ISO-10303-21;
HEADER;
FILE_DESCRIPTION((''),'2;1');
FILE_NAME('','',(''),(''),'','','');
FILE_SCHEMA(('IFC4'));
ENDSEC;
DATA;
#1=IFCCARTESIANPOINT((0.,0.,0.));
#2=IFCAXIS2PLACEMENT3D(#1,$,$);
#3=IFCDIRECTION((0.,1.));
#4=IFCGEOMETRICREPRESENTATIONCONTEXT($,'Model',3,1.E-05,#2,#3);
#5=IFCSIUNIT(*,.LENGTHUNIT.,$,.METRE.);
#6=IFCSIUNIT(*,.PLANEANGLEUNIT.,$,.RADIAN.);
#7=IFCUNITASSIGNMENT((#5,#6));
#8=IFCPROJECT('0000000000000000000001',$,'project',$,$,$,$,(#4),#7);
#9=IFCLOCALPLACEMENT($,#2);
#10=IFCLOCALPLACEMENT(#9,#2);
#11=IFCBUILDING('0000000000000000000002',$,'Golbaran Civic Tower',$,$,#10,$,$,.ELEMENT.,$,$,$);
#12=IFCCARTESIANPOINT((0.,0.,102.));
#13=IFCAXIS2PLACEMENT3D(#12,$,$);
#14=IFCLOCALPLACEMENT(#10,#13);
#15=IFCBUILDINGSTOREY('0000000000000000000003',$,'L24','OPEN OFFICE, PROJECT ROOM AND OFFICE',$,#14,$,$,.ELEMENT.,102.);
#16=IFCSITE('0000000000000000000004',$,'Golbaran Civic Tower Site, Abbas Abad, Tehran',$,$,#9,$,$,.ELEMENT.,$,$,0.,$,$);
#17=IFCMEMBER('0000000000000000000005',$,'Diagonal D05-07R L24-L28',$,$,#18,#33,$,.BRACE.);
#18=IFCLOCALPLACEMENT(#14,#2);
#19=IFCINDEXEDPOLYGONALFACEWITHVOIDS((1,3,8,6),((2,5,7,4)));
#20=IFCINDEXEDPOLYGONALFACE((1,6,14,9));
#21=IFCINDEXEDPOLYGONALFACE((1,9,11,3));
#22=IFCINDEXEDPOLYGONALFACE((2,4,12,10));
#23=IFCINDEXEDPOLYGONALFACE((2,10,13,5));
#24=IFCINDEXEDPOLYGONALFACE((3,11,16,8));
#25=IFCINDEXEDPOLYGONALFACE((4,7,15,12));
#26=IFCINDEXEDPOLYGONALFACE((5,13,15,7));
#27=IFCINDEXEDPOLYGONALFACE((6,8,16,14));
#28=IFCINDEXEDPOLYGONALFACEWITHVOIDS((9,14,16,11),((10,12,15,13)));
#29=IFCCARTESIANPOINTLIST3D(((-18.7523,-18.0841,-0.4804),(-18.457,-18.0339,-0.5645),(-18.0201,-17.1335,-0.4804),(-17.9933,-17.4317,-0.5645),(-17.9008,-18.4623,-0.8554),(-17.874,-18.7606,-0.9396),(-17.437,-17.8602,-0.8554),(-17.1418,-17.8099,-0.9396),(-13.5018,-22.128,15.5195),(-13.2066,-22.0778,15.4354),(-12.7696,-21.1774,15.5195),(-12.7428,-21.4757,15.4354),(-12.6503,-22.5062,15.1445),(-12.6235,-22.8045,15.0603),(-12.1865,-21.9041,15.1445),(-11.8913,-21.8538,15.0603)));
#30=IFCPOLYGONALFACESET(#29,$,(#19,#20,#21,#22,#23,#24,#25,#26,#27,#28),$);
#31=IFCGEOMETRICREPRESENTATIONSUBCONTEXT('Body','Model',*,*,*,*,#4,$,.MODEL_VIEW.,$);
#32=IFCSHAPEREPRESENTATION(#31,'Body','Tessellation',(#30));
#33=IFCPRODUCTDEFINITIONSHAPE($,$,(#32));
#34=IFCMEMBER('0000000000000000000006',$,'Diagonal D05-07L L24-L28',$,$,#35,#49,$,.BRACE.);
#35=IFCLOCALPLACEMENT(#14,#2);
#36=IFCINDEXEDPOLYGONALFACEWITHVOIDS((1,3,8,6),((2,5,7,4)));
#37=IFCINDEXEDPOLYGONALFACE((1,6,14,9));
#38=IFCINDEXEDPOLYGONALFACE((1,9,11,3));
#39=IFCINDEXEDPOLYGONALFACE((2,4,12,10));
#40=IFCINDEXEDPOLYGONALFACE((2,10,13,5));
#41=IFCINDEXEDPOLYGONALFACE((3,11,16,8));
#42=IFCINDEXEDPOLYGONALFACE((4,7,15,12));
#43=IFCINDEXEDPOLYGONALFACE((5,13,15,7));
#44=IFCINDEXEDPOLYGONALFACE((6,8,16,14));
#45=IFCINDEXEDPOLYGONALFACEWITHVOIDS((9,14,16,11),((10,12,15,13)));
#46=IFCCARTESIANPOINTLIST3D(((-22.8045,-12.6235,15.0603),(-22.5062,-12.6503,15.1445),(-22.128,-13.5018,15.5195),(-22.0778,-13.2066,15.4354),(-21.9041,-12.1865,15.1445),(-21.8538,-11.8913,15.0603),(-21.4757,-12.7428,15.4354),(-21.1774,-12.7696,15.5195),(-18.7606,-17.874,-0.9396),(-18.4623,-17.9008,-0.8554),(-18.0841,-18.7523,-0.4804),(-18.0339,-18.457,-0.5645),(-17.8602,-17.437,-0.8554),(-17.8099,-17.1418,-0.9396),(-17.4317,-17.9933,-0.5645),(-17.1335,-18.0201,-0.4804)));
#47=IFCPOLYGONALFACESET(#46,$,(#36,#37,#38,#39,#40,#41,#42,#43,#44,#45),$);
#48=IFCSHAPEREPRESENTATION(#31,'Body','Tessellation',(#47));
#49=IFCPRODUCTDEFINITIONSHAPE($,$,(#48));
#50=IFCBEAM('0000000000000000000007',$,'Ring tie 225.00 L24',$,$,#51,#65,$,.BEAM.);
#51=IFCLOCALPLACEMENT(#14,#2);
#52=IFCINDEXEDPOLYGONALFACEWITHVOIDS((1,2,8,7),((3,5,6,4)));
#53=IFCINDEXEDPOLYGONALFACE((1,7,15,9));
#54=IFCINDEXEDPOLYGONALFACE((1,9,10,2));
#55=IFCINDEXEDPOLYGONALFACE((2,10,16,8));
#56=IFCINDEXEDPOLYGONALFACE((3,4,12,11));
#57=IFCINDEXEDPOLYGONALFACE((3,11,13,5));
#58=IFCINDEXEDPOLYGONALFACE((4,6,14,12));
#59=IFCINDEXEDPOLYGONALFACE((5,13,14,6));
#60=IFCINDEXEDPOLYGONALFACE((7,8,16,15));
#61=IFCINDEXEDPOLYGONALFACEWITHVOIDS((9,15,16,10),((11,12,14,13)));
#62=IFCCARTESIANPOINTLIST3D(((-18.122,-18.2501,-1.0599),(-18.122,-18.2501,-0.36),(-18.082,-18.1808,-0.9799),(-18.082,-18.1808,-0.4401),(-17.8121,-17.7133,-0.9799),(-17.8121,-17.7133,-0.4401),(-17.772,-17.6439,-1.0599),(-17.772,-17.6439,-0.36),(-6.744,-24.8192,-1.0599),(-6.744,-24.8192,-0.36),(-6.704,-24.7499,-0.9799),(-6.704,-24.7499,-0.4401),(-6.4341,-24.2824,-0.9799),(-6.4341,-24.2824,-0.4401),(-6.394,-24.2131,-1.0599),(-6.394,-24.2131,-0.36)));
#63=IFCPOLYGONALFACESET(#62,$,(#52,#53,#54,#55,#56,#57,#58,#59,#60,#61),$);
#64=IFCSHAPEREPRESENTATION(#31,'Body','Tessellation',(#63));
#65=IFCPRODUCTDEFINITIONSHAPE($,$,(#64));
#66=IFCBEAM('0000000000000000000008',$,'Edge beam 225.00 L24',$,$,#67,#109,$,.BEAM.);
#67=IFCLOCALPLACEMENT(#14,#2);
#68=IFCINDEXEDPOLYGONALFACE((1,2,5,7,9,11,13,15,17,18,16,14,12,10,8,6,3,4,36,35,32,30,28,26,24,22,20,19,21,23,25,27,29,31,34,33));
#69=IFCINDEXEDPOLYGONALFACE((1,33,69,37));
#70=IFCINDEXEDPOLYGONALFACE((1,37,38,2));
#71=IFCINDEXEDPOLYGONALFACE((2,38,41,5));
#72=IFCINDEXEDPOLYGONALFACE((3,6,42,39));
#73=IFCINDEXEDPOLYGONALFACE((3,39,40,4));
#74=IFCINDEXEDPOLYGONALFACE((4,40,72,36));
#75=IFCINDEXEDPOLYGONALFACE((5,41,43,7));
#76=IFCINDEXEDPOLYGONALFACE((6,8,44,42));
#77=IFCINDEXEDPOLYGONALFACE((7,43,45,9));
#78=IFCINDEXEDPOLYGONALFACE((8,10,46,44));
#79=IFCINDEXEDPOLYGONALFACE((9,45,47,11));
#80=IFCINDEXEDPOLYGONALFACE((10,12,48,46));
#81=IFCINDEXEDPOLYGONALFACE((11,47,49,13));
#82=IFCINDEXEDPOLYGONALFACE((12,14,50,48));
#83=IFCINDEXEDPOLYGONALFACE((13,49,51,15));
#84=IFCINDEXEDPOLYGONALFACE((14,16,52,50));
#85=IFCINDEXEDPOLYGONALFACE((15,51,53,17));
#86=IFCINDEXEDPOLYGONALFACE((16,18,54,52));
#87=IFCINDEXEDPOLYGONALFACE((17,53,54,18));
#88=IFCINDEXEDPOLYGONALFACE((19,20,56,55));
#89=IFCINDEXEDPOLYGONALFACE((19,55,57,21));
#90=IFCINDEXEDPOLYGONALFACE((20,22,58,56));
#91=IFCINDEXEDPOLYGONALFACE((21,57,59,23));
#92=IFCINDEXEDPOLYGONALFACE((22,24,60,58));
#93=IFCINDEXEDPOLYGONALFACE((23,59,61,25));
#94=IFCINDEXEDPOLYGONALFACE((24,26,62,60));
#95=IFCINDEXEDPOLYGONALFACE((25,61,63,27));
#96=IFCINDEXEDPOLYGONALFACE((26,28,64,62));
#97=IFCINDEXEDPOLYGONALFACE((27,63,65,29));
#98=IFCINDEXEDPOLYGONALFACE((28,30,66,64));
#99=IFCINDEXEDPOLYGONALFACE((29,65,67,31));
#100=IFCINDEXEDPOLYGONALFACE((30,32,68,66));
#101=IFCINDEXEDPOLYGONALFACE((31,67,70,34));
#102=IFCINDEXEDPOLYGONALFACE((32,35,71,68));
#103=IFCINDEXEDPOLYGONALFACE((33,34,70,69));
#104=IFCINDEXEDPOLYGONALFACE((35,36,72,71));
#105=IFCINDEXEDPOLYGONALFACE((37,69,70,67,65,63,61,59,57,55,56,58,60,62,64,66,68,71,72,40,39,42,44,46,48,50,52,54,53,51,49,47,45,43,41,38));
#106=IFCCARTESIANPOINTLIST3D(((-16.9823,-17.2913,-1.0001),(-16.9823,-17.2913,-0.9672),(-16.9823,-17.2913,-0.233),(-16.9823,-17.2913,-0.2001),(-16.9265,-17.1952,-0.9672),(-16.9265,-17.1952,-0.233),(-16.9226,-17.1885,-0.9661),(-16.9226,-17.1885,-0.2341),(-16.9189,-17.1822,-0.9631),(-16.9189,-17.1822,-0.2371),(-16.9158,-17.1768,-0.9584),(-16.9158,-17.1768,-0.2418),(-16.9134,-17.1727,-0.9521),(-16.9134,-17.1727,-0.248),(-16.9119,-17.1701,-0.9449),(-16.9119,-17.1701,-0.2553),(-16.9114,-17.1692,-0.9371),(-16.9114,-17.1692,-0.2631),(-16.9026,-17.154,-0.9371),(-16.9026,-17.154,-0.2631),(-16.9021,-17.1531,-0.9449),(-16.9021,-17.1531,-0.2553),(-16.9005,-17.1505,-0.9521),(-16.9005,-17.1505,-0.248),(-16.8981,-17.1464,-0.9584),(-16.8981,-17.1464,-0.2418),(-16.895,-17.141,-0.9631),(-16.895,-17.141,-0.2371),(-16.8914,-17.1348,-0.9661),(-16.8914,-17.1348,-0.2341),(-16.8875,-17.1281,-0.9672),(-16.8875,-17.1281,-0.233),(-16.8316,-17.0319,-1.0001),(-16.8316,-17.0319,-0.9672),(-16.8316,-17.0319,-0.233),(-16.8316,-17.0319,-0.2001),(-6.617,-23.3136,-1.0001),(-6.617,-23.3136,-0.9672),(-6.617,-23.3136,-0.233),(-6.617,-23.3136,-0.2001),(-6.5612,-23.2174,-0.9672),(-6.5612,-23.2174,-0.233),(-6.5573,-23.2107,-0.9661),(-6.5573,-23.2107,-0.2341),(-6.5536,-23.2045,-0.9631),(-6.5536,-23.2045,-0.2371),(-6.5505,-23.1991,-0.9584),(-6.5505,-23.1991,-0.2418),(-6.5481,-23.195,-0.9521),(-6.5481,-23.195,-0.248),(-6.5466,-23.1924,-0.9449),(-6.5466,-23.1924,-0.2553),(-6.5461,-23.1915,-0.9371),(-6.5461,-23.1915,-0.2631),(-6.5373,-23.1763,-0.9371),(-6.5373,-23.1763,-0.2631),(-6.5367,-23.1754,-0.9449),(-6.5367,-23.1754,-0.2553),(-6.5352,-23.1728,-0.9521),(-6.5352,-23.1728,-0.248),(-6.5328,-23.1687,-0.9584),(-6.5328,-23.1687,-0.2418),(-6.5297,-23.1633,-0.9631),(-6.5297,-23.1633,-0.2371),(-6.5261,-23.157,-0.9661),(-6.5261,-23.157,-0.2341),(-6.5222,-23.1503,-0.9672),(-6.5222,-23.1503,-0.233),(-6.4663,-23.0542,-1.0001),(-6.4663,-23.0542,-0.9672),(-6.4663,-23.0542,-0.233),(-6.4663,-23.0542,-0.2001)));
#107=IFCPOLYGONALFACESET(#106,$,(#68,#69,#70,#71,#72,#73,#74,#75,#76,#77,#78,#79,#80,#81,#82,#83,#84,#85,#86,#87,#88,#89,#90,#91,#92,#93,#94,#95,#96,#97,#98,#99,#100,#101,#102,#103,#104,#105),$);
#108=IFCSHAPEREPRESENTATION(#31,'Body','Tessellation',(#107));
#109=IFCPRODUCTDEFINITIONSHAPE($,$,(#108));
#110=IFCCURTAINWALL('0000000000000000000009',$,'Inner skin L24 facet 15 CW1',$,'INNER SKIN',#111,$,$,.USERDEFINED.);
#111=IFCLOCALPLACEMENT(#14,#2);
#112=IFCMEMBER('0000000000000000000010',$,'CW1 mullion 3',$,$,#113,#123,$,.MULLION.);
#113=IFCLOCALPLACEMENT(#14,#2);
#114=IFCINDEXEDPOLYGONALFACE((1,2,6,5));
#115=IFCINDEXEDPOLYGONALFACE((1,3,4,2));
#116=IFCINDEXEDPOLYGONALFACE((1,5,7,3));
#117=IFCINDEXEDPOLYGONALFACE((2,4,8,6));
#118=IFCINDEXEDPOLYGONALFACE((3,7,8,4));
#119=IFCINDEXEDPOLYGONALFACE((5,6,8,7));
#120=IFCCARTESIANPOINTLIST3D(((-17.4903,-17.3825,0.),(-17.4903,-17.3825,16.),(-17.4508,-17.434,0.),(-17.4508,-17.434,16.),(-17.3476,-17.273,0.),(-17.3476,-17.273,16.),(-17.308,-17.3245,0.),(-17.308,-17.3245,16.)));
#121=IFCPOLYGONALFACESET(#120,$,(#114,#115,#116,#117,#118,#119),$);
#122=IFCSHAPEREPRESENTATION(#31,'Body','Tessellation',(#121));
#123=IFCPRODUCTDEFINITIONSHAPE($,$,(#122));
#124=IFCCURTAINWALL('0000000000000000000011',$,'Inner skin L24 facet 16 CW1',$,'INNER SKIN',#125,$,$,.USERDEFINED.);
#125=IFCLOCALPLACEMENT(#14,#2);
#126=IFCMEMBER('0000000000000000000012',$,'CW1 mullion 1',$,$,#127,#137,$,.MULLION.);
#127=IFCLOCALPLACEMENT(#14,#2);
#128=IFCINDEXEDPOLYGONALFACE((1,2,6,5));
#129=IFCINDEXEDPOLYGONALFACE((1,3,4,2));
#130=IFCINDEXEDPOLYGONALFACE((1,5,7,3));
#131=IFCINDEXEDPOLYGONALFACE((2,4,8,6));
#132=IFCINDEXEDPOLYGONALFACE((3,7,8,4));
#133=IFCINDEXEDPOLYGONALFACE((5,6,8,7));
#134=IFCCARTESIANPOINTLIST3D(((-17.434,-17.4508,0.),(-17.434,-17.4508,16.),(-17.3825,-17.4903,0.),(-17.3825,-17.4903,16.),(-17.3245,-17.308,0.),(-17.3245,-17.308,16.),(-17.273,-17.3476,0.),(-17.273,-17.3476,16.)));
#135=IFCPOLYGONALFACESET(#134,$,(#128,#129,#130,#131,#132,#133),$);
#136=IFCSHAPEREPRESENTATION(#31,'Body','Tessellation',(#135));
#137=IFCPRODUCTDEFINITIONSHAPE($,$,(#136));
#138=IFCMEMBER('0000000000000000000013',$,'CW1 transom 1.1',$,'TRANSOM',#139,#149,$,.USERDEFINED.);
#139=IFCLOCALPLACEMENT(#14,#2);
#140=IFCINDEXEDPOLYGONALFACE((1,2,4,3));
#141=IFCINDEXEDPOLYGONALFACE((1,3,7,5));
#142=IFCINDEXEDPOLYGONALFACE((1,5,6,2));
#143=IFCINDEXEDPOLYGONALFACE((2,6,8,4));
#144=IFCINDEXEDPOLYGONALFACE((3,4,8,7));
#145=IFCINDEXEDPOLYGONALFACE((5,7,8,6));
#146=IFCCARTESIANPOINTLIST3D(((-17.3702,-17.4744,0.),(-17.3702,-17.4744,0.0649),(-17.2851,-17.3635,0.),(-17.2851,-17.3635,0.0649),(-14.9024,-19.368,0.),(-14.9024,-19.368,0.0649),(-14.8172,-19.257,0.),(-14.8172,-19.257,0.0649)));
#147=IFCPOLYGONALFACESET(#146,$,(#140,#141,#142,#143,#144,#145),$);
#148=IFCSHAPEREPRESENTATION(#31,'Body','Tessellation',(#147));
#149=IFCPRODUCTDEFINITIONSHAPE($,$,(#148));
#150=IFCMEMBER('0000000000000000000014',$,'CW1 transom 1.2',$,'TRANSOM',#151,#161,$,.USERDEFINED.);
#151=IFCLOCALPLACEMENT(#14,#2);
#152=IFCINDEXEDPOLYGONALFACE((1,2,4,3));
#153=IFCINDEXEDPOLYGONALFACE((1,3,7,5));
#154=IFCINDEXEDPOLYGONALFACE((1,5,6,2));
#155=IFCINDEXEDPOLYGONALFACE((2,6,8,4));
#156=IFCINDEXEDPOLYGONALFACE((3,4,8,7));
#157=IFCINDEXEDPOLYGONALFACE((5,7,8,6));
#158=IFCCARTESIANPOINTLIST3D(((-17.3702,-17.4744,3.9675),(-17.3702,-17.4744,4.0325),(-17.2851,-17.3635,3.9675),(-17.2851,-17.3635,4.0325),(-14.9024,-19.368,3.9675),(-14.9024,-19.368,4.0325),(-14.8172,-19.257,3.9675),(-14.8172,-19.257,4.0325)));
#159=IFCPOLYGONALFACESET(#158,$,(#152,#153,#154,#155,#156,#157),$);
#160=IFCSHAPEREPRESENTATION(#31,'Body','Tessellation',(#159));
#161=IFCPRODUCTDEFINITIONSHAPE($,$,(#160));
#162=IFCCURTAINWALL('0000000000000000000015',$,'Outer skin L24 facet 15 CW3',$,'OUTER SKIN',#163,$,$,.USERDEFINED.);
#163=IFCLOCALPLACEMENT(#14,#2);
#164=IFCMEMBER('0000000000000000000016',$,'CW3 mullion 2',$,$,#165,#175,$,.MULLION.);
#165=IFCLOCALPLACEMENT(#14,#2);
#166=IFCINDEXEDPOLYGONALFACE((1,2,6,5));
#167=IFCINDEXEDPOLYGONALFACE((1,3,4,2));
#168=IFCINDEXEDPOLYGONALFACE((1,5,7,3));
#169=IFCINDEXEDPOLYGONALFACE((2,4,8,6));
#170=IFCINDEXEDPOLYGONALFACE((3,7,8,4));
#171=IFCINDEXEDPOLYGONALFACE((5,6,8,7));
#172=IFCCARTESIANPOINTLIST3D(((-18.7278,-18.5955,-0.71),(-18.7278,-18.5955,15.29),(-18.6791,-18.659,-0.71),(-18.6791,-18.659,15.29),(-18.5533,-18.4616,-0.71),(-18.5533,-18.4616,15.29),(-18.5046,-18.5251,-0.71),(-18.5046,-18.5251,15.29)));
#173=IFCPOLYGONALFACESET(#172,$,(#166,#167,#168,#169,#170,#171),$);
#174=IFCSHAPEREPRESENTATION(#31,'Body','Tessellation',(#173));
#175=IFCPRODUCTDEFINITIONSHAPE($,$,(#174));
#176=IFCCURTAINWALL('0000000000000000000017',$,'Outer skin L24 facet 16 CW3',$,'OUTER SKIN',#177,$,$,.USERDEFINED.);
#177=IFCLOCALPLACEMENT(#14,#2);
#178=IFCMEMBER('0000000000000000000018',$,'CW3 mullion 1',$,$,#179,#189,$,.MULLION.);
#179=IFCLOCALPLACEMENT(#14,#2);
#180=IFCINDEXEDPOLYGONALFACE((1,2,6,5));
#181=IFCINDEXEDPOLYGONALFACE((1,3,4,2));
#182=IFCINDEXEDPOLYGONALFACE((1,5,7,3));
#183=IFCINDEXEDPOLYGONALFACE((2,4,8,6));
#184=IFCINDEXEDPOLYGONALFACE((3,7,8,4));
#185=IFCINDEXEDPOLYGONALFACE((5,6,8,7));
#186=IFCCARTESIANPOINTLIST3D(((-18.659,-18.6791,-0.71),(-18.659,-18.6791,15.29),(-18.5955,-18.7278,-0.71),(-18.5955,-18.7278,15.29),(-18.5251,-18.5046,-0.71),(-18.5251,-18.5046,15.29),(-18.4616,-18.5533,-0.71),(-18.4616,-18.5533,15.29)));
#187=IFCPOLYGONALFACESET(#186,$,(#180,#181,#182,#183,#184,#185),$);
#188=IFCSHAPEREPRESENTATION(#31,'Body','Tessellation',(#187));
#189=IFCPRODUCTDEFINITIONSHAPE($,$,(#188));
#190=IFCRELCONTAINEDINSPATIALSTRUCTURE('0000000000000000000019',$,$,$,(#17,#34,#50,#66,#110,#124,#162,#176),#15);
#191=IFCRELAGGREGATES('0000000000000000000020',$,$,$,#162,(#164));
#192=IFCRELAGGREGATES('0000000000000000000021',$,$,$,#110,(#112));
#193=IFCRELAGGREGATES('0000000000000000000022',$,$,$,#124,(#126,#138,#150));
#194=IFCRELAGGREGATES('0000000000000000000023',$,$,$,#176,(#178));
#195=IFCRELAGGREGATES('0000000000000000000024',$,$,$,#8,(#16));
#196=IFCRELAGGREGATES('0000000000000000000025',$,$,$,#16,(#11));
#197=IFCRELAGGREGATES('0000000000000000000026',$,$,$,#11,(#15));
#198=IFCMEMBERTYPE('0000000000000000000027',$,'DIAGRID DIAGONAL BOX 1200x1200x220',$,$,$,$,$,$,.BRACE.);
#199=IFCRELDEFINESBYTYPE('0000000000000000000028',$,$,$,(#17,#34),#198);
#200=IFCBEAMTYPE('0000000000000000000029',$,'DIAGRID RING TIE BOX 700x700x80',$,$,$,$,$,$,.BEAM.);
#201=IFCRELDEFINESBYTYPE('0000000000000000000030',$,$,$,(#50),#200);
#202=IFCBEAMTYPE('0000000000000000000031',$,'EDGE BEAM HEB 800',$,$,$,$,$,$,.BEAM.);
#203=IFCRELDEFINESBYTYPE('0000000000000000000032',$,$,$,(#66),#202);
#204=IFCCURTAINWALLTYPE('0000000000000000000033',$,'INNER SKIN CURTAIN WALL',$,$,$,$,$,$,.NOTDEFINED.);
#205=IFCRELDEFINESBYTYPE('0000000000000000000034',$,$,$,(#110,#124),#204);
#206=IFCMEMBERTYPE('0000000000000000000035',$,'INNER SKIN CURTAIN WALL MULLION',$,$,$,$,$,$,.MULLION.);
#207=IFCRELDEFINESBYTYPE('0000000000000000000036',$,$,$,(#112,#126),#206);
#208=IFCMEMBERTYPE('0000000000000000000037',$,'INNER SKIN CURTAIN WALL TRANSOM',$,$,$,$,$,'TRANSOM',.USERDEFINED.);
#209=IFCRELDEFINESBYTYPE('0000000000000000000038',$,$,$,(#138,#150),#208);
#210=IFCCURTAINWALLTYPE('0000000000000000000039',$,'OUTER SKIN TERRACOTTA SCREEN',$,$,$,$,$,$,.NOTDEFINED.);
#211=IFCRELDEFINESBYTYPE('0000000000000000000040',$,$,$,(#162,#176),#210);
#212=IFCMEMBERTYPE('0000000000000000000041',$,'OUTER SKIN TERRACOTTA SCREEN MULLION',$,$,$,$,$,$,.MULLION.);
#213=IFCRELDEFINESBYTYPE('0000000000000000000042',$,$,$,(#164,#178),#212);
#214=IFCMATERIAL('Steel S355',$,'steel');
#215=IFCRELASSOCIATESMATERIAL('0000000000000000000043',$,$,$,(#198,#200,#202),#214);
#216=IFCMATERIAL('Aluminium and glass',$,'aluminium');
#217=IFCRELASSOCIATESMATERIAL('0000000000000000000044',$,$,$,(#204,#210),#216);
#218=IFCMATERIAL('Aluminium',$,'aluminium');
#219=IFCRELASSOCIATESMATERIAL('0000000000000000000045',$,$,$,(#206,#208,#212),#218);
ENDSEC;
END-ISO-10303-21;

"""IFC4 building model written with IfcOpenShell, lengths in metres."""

from ifc_helpers import new_model, si_unit, direction, frame, origin, origin_2d, place, context, subcontext, project, spatial, rectangle, hollow_rectangle, i_section, extrude, material, material_profile, profile_set, type_object, element, aggregate, save


model = new_model("IFC4")

# Units and contexts
model_context = context("Model", 3, precision=1e-05, world=origin(), true_north=direction((0.0, 1.0)))
body_context = subcontext(model_context, "Body", "Model", "MODEL_VIEW")
ifc_project = project(units=[si_unit("LENGTHUNIT", "METRE"), si_unit("PLANEANGLEUNIT", "RADIAN")], contexts=[model_context])

# Site, building, storey
site_placement = place(None, origin())
site = spatial("IfcSite", under=ifc_project, at=site_placement, Name="Golbaran Civic Tower Site, Abbas Abad, Tehran", CompositionType="ELEMENT", RefElevation=0.0)
building_placement = place(site_placement, origin())
building = spatial("IfcBuilding", under=site, at=building_placement, Name="Golbaran Civic Tower", CompositionType="ELEMENT")
storey_placement = place(building_placement, frame((0.0, 0.0, 102.0)))
storey = spatial("IfcBuildingStorey", under=building, at=storey_placement, Name="L24", Description="OPEN OFFICE, PROJECT ROOM AND OFFICE", CompositionType="ELEMENT", Elevation=102.0)

# Members
ifc_material_1 = material(Name="Steel S355", Category="steel")
ifc_material_profile_1 = material_profile(ifc_material_1, hollow_rectangle(XDim=1.2, YDim=1.2, WallThickness=0.22, at=origin_2d()), Name="BOX 1200x1200x220")
ifc_profile_set_1 = profile_set([ifc_material_profile_1], Name="Steel S355")
member_type_1 = type_object("IfcMemberType", Name="DIAGRID DIAGONAL BOX 1200x1200x220", PredefinedType="BRACE", material=ifc_profile_set_1)
for number, where, z_axis, x_axis, name in (
    (1, (-17.947, -17.947, -0.71), (0.303177, -0.233508, 0.923882), (0.610195, 0.792251, 0.0), "Diagonal D05-07R L24-L28"),
    (2, (-17.947, -17.947, -0.71), (-0.233508, 0.303177, 0.923882), (-0.792251, -0.610195, 0.0), "Diagonal D05-07L L24-L28"),
):
    element("IfcMember", number, at=place(storey_placement, frame(where, z_axis=z_axis, x_axis=x_axis)), inside=storey, type_object=member_type_1, Name=name, PredefinedType="BRACE", context=body_context, shape_type="SweptSolid", body=[
        extrude(hollow_rectangle(XDim=1.2, YDim=1.2, WallThickness=0.22, at=origin_2d()), origin(), (0.0, 0.0, 1.0), 17.3181),
    ])

# Beams
ifc_material_profile_2 = material_profile(ifc_material_1, hollow_rectangle(XDim=0.7, YDim=0.7, WallThickness=0.0801, at=origin_2d()), Name="BOX 700x700x80")
ifc_profile_set_2 = profile_set([ifc_material_profile_2], Name="Steel S355")
beam_type_1 = type_object("IfcBeamType", Name="DIAGRID RING TIE BOX 700x700x80", PredefinedType="BEAM", material=ifc_profile_set_2)
beam_1_placement = place(storey_placement, frame((-17.947, -17.947, -0.71), z_axis=(0.866024, -0.500002, 0.0), x_axis=(0.500002, 0.866024, 0.0)))
element("IfcBeam", 3, at=beam_1_placement, inside=storey, type_object=beam_type_1, Name="Ring tie 225.00 L24", PredefinedType="BEAM", context=body_context, shape_type="SweptSolid", body=[
    extrude(hollow_rectangle(XDim=0.7, YDim=0.7, WallThickness=0.0801, at=origin_2d()), origin(), (0.0, 0.0, 1.0), 13.1382),
])
ifc_material_profile_3 = material_profile(ifc_material_1, i_section(OverallWidth=0.3, OverallDepth=0.8, WebThickness=0.0176, FlangeThickness=0.033, FilletRadius=0.03, at=origin_2d()), Name="HEB 800")
ifc_profile_set_3 = profile_set([ifc_material_profile_3], Name="Steel S355")
beam_type_2 = type_object("IfcBeamType", Name="EDGE BEAM HEB 800", PredefinedType="BEAM", material=ifc_profile_set_3)
beam_2_placement = place(storey_placement, frame((-16.907, -17.1616, -0.6001), z_axis=(0.864655, -0.502366, 0.0), x_axis=(0.502366, 0.864655, 0.0)))
element("IfcBeam", 4, at=beam_2_placement, inside=storey, type_object=beam_type_2, Name="Edge beam 225.00 L24", PredefinedType="BEAM", context=body_context, shape_type="SweptSolid", body=[
    extrude(i_section(OverallWidth=0.3, OverallDepth=0.8, WebThickness=0.0176, FlangeThickness=0.033, FilletRadius=0.03, at=origin_2d()), origin(), (0.0, 0.0, 1.0), 11.9878),
])

# Curtain wall, member
ifc_material_2 = material(Name="Aluminium and glass", Category="aluminium")
curtain_wall_type_1 = type_object("IfcCurtainWallType", Name="INNER SKIN CURTAIN WALL", PredefinedType="NOTDEFINED", material=ifc_material_2)
curtain_wall_1_placement = place(storey_placement, origin())
curtain_wall_1 = element("IfcCurtainWall", 5, at=curtain_wall_1_placement, inside=storey, type_object=curtain_wall_type_1, Name="Inner skin L24 facet 15 CW1", ObjectType="INNER SKIN", PredefinedType="USERDEFINED")
ifc_material_3 = material(Name="Aluminium", Category="aluminium")
ifc_material_profile_4 = material_profile(ifc_material_3, rectangle(XDim=0.1799, YDim=0.0649, at=origin_2d()), Name="INNER SKIN CURTAIN WALL MULLION")
ifc_profile_set_4 = profile_set([ifc_material_profile_4], Name="Aluminium")
member_type_2 = type_object("IfcMemberType", Name="INNER SKIN CURTAIN WALL MULLION", PredefinedType="MULLION", material=ifc_profile_set_4)
member_1_placement = place(storey_placement, frame((-17.3992, -17.3535, 0.0), z_axis=(0.0, 0.0, 1.0), x_axis=(0.793353, 0.608761, 0.0)))
member_1 = element("IfcMember", 6, at=member_1_placement, type_object=member_type_2, Name="CW1 mullion 3", PredefinedType="MULLION", context=body_context, shape_type="SweptSolid", body=[
    extrude(rectangle(XDim=0.1799, YDim=0.0649, at=origin_2d()), origin(), (0.0, 0.0, 1.0), 16.0),
])

# Curtain wall, members
curtain_wall_2_placement = place(storey_placement, origin())
curtain_wall_2 = element("IfcCurtainWall", 7, at=curtain_wall_2_placement, inside=storey, type_object=curtain_wall_type_1, Name="Inner skin L24 facet 16 CW1", ObjectType="INNER SKIN", PredefinedType="USERDEFINED")
member_2_placement = place(storey_placement, frame((-17.3535, -17.3992, 0.0), z_axis=(0.0, 0.0, 1.0), x_axis=(0.608761, 0.793353, 0.0)))
member_2 = element("IfcMember", 8, at=member_2_placement, type_object=member_type_2, Name="CW1 mullion 1", PredefinedType="MULLION", context=body_context, shape_type="SweptSolid", body=[
    extrude(rectangle(XDim=0.1799, YDim=0.0649, at=origin_2d()), origin(), (0.0, 0.0, 1.0), 16.0),
])
ifc_material_profile_5 = material_profile(ifc_material_3, rectangle(XDim=0.1399, YDim=0.0649, at=origin_2d()), Name="INNER SKIN CURTAIN WALL TRANSOM")
ifc_profile_set_5 = profile_set([ifc_material_profile_5], Name="Aluminium")
member_type_3 = type_object("IfcMemberType", Name="INNER SKIN CURTAIN WALL TRANSOM", ElementType="TRANSOM", PredefinedType="USERDEFINED", material=ifc_profile_set_5)
member_3_placement = place(storey_placement, frame((-17.3276, -17.4189, 0.0325), z_axis=(0.793359, -0.608754, 0.0), x_axis=(0.608754, 0.793359, 0.0)))
member_3 = element("IfcMember", 9, at=member_3_placement, type_object=member_type_3, Name="CW1 transom 1.1", ObjectType="TRANSOM", PredefinedType="USERDEFINED", context=body_context, shape_type="SweptSolid", body=[
    extrude(rectangle(XDim=0.1399, YDim=0.0649, at=origin_2d()), origin(), (0.0, 0.0, 1.0), 3.1106),
])
member_4_placement = place(storey_placement, frame((-17.3276, -17.4189, 4.0), z_axis=(0.793359, -0.608754, 0.0), x_axis=(0.608754, 0.793359, 0.0)))
member_4 = element("IfcMember", 10, at=member_4_placement, type_object=member_type_3, Name="CW1 transom 1.2", ObjectType="TRANSOM", PredefinedType="USERDEFINED", context=body_context, shape_type="SweptSolid", body=[
    extrude(rectangle(XDim=0.1399, YDim=0.0649, at=origin_2d()), origin(), (0.0, 0.0, 1.0), 3.1106),
])

# Curtain wall, member
curtain_wall_type_2 = type_object("IfcCurtainWallType", Name="OUTER SKIN TERRACOTTA SCREEN", PredefinedType="NOTDEFINED", material=ifc_material_2)
curtain_wall_3_placement = place(storey_placement, origin())
curtain_wall_3 = element("IfcCurtainWall", 11, at=curtain_wall_3_placement, inside=storey, type_object=curtain_wall_type_2, Name="Outer skin L24 facet 15 CW3", ObjectType="OUTER SKIN", PredefinedType="USERDEFINED")
ifc_material_profile_6 = material_profile(ifc_material_3, rectangle(XDim=0.22, YDim=0.0801, at=origin_2d()), Name="OUTER SKIN TERRACOTTA SCREEN MULLION")
ifc_profile_set_6 = profile_set([ifc_material_profile_6], Name="Aluminium")
member_type_4 = type_object("IfcMemberType", Name="OUTER SKIN TERRACOTTA SCREEN MULLION", PredefinedType="MULLION", material=ifc_profile_set_6)
member_5_placement = place(storey_placement, frame((-18.6162, -18.5603, -0.71), z_axis=(0.0, 0.0, 1.0), x_axis=(0.793353, 0.608761, 0.0)))
member_5 = element("IfcMember", 12, at=member_5_placement, type_object=member_type_4, Name="CW3 mullion 2", PredefinedType="MULLION", context=body_context, shape_type="SweptSolid", body=[
    extrude(rectangle(XDim=0.22, YDim=0.0801, at=origin_2d()), origin(), (0.0, 0.0, 1.0), 16.0),
])
aggregate(curtain_wall_3, [member_5])

# Curtain wall, member
curtain_wall_4_placement = place(storey_placement, origin())
curtain_wall_4 = element("IfcCurtainWall", 13, at=curtain_wall_4_placement, inside=storey, type_object=curtain_wall_type_2, Name="Outer skin L24 facet 16 CW3", ObjectType="OUTER SKIN", PredefinedType="USERDEFINED")
member_6_placement = place(storey_placement, frame((-18.5603, -18.6162, -0.71), z_axis=(0.0, 0.0, 1.0), x_axis=(0.608761, 0.793353, 0.0)))
member_6 = element("IfcMember", 14, at=member_6_placement, type_object=member_type_4, Name="CW3 mullion 1", PredefinedType="MULLION", context=body_context, shape_type="SweptSolid", body=[
    extrude(rectangle(XDim=0.22, YDim=0.0801, at=origin_2d()), origin(), (0.0, 0.0, 1.0), 16.0),
])

aggregate(curtain_wall_1, [member_1])
aggregate(curtain_wall_2, [member_2, member_3, member_4])
aggregate(curtain_wall_4, [member_6])

save(model, "model.ifc")
